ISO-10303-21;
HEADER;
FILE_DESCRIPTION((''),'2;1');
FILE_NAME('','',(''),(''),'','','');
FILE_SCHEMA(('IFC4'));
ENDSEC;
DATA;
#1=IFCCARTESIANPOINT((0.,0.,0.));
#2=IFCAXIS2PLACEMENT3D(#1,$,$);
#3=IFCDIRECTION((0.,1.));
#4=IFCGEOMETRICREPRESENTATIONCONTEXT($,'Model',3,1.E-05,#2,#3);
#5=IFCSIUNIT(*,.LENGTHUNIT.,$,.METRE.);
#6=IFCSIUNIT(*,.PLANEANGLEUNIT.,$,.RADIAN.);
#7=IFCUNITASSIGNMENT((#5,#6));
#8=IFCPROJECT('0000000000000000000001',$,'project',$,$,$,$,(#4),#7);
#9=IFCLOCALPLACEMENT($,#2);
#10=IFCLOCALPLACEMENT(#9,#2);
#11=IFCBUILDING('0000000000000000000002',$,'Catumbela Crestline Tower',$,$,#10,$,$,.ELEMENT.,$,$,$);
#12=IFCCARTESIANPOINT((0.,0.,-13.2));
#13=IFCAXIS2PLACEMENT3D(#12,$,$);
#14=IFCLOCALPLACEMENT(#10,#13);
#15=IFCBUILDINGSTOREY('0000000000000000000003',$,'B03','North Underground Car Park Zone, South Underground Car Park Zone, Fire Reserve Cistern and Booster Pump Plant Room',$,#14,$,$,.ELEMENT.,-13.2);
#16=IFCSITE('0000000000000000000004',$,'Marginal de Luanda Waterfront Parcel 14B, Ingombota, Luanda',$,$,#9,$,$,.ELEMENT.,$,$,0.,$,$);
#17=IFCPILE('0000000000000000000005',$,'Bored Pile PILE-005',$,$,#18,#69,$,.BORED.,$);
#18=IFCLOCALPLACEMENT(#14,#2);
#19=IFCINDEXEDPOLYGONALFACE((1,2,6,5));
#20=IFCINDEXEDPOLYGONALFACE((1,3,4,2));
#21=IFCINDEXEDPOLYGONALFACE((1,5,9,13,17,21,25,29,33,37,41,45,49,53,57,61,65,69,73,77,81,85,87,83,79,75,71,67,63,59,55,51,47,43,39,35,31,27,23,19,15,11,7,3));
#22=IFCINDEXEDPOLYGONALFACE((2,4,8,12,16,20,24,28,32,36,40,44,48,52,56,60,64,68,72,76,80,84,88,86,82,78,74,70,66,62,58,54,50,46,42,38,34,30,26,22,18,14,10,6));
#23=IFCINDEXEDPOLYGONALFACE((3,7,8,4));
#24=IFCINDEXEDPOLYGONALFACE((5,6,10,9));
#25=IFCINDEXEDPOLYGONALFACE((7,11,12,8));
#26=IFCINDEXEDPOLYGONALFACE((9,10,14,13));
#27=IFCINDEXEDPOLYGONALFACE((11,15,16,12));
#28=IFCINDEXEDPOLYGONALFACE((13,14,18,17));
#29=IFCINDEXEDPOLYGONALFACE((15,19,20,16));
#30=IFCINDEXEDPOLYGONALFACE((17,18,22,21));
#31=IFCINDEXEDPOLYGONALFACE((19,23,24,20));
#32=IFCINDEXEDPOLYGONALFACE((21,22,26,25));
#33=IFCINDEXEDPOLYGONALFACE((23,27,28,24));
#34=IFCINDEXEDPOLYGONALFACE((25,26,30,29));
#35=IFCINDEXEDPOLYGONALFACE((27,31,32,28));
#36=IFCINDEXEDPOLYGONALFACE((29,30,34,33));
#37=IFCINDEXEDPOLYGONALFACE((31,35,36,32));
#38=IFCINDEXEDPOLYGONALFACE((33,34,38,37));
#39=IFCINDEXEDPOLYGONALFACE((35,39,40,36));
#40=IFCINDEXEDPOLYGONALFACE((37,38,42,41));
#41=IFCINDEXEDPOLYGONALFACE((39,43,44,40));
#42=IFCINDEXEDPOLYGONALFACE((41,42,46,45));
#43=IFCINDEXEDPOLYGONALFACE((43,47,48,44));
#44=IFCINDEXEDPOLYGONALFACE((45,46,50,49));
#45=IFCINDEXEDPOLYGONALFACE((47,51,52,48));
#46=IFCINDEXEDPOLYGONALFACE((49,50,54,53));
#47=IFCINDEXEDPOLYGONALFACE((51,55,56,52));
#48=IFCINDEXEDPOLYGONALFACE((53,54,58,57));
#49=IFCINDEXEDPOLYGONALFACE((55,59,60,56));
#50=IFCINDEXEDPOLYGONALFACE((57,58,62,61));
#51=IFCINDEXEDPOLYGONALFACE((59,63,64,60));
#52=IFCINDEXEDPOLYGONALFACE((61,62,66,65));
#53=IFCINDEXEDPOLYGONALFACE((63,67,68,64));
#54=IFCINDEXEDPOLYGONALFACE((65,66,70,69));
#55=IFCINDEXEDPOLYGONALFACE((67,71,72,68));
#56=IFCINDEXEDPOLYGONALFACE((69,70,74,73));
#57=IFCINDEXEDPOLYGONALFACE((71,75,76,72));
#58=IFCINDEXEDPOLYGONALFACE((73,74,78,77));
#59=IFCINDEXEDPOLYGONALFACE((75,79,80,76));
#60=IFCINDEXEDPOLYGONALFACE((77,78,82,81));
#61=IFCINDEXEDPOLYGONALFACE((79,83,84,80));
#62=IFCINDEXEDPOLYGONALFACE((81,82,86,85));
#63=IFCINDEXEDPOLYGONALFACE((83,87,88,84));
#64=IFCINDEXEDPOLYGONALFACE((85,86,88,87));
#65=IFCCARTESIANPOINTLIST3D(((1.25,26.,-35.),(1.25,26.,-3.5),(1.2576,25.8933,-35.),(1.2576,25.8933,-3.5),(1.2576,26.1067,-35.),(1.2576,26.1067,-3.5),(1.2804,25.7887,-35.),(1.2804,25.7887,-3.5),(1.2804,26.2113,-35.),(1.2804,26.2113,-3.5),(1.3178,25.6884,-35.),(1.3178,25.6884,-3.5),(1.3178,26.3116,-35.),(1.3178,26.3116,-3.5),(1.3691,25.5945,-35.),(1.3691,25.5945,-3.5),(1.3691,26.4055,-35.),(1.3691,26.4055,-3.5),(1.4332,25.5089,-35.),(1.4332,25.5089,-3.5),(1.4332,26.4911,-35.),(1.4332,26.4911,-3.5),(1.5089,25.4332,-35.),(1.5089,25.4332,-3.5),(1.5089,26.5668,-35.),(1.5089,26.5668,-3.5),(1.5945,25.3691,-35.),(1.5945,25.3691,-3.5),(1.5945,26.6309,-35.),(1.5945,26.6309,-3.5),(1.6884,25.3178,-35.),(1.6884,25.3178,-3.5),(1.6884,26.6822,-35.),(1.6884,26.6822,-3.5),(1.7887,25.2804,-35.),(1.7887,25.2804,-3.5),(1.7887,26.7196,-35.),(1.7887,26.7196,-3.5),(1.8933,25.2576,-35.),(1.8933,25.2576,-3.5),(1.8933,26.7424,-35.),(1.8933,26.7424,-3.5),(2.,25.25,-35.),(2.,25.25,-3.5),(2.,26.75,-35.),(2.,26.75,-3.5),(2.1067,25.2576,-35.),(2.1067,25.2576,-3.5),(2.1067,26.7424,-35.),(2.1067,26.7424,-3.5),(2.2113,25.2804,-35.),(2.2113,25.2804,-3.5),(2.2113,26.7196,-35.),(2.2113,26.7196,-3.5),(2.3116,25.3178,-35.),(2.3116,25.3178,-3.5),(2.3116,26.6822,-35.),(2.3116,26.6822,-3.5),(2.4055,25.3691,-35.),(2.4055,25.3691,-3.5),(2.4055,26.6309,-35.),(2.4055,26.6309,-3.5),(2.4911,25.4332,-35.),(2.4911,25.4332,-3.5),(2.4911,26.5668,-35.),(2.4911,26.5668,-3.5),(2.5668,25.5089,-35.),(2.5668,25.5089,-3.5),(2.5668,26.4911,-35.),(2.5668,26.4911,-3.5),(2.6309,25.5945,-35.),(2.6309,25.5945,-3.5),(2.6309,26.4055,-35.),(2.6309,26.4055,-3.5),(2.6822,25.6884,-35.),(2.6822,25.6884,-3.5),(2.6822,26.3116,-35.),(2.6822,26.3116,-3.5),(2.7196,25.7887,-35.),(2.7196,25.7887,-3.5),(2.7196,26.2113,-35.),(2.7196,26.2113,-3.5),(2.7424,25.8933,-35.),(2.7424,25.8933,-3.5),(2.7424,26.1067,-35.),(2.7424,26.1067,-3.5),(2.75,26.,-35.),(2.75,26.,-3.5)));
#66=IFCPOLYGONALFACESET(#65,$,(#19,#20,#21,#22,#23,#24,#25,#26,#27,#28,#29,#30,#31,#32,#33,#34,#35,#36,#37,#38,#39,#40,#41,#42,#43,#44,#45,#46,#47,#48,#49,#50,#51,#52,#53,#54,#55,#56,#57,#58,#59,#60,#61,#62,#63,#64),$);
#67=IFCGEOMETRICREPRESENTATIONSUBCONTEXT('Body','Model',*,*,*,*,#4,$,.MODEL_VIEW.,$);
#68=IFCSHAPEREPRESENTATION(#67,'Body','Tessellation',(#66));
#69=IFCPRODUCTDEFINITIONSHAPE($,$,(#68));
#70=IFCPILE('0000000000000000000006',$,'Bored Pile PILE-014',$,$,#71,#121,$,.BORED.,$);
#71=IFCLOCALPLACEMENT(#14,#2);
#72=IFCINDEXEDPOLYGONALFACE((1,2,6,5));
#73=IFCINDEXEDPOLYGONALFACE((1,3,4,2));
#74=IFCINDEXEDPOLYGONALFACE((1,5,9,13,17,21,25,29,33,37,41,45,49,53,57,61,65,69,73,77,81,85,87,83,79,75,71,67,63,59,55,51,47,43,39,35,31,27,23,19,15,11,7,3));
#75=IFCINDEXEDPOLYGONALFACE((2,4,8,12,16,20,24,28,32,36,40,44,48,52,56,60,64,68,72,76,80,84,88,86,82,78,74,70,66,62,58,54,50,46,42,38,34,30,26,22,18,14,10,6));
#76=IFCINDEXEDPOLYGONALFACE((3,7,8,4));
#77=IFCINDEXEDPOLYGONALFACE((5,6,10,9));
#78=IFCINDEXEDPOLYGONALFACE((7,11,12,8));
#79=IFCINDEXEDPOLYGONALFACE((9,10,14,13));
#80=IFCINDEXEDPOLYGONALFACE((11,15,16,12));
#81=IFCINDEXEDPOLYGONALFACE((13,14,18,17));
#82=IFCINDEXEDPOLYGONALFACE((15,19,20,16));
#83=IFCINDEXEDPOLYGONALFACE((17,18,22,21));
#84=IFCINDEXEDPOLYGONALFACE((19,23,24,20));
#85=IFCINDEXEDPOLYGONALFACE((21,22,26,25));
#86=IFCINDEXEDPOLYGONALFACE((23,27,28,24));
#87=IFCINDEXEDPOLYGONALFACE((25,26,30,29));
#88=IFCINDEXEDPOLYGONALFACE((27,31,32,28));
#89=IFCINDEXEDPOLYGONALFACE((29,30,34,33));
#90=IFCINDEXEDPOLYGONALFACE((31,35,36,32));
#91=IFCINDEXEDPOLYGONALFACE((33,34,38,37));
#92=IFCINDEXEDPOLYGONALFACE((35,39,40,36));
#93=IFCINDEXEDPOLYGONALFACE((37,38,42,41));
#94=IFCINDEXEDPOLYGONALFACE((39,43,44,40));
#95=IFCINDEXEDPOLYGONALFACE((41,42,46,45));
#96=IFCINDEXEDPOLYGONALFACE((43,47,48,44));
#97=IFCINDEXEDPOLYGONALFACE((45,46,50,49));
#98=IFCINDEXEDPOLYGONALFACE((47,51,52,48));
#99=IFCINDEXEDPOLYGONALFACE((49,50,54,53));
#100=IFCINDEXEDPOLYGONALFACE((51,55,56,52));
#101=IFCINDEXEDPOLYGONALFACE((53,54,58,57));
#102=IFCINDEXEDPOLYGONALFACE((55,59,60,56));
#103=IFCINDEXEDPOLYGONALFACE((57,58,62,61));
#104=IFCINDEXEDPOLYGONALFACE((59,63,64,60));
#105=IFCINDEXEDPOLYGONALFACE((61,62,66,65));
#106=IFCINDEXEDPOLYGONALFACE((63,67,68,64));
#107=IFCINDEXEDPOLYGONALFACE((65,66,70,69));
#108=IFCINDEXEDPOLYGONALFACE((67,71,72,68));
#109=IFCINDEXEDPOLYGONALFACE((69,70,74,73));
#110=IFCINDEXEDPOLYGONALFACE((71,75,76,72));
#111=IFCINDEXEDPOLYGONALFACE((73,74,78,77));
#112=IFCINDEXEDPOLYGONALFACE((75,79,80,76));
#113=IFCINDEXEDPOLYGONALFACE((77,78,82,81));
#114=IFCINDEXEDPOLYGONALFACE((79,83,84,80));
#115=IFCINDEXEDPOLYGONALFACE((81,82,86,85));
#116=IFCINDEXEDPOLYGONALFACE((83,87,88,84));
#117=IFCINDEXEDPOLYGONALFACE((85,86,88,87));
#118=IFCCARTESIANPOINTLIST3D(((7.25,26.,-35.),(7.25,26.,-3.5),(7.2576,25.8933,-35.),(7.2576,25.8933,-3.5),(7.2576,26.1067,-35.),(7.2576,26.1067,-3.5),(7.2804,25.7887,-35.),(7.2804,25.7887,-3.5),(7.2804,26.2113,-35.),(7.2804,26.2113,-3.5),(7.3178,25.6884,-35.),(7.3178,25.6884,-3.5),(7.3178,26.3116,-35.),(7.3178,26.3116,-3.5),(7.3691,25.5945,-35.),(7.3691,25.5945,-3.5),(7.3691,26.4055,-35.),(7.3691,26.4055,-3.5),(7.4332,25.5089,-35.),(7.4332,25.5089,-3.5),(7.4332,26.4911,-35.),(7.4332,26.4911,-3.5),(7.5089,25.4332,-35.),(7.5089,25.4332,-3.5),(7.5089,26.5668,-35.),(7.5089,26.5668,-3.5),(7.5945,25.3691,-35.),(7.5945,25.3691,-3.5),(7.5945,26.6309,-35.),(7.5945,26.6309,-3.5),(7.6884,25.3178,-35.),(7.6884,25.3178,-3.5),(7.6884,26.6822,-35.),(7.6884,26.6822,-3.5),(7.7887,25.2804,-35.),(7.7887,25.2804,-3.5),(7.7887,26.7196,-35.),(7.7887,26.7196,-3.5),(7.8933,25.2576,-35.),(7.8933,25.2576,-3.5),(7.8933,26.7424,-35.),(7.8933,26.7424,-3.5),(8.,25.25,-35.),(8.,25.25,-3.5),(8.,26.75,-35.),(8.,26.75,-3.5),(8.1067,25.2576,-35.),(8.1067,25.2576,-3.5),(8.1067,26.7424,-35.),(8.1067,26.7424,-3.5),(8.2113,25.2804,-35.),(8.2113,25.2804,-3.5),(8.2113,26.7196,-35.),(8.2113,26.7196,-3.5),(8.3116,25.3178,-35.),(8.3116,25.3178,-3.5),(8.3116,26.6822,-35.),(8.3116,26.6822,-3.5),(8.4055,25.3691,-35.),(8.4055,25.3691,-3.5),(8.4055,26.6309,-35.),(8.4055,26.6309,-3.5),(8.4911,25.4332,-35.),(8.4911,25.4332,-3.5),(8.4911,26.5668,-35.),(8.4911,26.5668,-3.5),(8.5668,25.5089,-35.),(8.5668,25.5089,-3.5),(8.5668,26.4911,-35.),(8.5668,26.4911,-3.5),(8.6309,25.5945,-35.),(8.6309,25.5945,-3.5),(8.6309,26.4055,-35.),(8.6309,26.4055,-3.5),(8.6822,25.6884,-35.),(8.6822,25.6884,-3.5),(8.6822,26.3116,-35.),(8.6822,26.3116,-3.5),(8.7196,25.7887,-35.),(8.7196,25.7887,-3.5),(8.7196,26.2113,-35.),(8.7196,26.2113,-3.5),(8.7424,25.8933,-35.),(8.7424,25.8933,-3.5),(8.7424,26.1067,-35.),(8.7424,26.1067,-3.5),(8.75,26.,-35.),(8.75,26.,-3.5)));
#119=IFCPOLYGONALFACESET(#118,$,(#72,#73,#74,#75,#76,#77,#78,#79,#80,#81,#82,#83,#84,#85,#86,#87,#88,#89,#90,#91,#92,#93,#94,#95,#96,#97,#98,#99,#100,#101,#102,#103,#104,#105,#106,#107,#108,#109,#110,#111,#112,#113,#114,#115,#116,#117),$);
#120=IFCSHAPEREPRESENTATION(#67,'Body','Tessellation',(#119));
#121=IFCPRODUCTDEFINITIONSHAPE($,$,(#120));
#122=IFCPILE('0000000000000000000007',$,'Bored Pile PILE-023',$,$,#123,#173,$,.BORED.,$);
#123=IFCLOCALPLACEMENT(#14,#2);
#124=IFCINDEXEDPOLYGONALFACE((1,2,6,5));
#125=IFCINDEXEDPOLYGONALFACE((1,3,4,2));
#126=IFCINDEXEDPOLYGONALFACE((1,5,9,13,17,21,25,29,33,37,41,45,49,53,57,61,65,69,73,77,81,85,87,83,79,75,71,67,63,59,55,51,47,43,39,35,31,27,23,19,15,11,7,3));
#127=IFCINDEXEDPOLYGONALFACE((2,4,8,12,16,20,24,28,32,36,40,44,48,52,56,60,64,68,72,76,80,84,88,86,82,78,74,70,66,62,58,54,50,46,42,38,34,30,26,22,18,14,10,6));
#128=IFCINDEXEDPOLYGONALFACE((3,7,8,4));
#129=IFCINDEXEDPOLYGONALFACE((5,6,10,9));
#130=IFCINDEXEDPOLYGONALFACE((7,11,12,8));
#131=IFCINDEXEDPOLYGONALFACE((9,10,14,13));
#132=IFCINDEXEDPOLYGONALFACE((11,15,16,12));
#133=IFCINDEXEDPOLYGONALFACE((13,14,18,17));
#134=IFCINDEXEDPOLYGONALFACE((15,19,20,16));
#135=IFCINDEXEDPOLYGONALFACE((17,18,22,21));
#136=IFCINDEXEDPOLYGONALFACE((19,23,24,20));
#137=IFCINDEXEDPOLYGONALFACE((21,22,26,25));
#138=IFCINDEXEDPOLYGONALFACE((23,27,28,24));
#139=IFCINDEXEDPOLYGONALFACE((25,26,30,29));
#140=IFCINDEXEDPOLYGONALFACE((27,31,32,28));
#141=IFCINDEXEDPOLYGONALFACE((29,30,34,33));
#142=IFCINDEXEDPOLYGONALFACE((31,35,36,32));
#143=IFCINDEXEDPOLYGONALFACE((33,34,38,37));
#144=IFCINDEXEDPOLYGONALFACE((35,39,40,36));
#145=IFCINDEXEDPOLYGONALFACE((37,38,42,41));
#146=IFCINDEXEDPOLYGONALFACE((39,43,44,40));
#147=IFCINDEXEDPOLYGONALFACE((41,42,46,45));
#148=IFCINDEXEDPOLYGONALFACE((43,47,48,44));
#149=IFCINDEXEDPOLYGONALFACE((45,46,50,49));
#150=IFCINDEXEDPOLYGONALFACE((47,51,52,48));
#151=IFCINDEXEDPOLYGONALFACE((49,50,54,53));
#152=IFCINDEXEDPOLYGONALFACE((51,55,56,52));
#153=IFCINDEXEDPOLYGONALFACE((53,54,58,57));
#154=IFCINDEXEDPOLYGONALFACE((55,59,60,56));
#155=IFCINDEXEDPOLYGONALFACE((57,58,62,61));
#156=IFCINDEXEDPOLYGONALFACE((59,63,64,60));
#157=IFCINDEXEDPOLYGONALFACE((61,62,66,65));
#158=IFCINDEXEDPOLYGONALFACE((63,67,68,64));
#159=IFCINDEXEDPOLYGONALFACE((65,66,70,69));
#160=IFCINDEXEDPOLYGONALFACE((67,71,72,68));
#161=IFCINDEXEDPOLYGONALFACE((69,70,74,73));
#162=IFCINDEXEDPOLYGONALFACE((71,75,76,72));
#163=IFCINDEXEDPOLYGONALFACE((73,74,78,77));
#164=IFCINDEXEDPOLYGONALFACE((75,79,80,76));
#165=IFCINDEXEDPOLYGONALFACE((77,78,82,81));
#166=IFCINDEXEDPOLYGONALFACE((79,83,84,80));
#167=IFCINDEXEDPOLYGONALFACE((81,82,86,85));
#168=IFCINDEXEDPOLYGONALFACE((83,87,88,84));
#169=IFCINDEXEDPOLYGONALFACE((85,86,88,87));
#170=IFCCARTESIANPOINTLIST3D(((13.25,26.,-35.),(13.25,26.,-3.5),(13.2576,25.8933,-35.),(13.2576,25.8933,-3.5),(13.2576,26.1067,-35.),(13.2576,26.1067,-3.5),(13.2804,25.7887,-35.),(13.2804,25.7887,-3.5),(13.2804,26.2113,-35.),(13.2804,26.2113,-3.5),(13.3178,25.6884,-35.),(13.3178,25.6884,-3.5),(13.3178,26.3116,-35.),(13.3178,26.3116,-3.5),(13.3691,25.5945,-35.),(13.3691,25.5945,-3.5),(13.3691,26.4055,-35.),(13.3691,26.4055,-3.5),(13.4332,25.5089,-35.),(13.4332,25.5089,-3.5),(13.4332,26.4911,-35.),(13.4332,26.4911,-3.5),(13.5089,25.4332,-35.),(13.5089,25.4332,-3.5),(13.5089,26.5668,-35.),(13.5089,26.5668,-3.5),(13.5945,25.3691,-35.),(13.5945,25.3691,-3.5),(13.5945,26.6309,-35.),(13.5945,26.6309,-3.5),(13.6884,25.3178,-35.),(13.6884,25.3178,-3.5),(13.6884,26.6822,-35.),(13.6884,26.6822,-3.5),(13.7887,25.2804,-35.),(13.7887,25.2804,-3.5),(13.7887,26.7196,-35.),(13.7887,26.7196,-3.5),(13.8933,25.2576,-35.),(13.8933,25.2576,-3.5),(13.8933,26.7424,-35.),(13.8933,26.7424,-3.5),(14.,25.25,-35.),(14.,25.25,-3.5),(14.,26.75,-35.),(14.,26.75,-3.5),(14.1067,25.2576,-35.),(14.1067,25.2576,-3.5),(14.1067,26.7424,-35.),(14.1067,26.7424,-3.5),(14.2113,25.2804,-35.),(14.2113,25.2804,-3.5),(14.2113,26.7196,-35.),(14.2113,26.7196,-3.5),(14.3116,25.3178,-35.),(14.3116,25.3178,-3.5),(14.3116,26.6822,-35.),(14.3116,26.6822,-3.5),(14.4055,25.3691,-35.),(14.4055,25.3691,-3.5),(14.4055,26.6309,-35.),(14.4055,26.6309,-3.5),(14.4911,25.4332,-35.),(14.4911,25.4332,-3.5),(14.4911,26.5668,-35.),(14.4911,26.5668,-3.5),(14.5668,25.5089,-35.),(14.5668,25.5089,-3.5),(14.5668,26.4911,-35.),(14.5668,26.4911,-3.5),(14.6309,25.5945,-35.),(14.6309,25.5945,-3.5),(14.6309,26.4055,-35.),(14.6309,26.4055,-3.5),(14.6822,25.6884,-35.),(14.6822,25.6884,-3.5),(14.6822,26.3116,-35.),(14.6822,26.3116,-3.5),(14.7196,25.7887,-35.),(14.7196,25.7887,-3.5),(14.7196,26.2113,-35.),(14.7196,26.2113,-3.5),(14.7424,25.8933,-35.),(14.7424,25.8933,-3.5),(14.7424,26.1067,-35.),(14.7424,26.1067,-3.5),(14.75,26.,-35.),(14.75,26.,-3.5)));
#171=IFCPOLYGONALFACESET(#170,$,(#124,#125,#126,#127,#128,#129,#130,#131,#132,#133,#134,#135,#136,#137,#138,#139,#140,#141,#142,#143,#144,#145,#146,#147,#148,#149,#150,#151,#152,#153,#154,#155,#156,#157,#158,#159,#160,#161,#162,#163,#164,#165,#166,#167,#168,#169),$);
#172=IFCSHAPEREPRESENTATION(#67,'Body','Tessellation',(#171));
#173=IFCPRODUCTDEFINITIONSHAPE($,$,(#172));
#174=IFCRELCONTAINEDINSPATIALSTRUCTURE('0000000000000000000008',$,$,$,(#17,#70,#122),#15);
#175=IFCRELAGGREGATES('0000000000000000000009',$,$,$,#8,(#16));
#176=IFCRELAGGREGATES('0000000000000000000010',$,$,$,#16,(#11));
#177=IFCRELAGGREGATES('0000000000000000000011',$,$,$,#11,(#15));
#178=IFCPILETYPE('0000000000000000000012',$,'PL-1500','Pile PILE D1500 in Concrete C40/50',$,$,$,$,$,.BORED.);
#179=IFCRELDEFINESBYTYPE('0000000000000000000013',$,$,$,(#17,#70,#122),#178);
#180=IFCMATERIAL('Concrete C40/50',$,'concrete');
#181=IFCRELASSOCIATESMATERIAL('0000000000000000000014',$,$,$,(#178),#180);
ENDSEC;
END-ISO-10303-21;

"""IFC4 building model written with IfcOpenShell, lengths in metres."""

from ifc_helpers import new_model, si_unit, direction, frame, origin, origin_2d, place, context, subcontext, project, spatial, circle, extrude, material, material_profile, profile_set, type_object, element, save


model = new_model("IFC4")

# Units and contexts
model_context = context("Model", 3, precision=1e-05, world=origin(), true_north=direction((0.0, 1.0)))
body_context = subcontext(model_context, "Body", "Model", "MODEL_VIEW")
ifc_project = project(units=[si_unit("LENGTHUNIT", "METRE"), si_unit("PLANEANGLEUNIT", "RADIAN")], contexts=[model_context])

# Site, building, storey
site_placement = place(None, origin())
site = spatial("IfcSite", under=ifc_project, at=site_placement, Name="Marginal de Luanda Waterfront Parcel 14B, Ingombota, Luanda", CompositionType="ELEMENT", RefElevation=0.0)
building_placement = place(site_placement, origin())
building = spatial("IfcBuilding", under=site, at=building_placement, Name="Catumbela Crestline Tower", CompositionType="ELEMENT")
storey_placement = place(building_placement, frame((0.0, 0.0, -13.2)))
storey = spatial("IfcBuildingStorey", under=building, at=storey_placement, Name="B03", Description="North Underground Car Park Zone, South Underground Car Park Zone, Fire Reserve Cistern and Booster Pump Plant Room", CompositionType="ELEMENT", Elevation=-13.2)

# Piles
ifc_material_1 = material(Name="Concrete C40/50", Category="concrete")
ifc_material_profile_1 = material_profile(ifc_material_1, circle(Radius=0.75, at=origin_2d()), Name="PILE D1500")
ifc_profile_set_1 = profile_set([ifc_material_profile_1], Name="Concrete C40/50")
pile_type_1 = type_object("IfcPileType", Name="PL-1500", Description="Pile PILE D1500 in Concrete C40/50", PredefinedType="BORED", material=ifc_profile_set_1)
for number, where, z_axis, x_axis, name in (
    (1, (2.0, 26.0, -3.5), (0.0, 0.0, -1.0), (1.0, 0.0, 0.0), "Bored Pile PILE-005"),
    (2, (8.0, 26.0, -3.5), (0.0, 0.0, -1.0), (1.0, 0.0, 0.0), "Bored Pile PILE-014"),
    (3, (14.0, 26.0, -3.5), (0.0, 0.0, -1.0), (1.0, 0.0, 0.0), "Bored Pile PILE-023"),
):
    element("IfcPile", number, at=place(storey_placement, frame(where, z_axis=z_axis, x_axis=x_axis)), inside=storey, type_object=pile_type_1, Name=name, PredefinedType="BORED", context=body_context, shape_type="SweptSolid", body=[
        extrude(circle(Radius=0.75, at=origin_2d()), origin(), (0.0, 0.0, 1.0), 31.5),
    ])

save(model, "model.ifc")
